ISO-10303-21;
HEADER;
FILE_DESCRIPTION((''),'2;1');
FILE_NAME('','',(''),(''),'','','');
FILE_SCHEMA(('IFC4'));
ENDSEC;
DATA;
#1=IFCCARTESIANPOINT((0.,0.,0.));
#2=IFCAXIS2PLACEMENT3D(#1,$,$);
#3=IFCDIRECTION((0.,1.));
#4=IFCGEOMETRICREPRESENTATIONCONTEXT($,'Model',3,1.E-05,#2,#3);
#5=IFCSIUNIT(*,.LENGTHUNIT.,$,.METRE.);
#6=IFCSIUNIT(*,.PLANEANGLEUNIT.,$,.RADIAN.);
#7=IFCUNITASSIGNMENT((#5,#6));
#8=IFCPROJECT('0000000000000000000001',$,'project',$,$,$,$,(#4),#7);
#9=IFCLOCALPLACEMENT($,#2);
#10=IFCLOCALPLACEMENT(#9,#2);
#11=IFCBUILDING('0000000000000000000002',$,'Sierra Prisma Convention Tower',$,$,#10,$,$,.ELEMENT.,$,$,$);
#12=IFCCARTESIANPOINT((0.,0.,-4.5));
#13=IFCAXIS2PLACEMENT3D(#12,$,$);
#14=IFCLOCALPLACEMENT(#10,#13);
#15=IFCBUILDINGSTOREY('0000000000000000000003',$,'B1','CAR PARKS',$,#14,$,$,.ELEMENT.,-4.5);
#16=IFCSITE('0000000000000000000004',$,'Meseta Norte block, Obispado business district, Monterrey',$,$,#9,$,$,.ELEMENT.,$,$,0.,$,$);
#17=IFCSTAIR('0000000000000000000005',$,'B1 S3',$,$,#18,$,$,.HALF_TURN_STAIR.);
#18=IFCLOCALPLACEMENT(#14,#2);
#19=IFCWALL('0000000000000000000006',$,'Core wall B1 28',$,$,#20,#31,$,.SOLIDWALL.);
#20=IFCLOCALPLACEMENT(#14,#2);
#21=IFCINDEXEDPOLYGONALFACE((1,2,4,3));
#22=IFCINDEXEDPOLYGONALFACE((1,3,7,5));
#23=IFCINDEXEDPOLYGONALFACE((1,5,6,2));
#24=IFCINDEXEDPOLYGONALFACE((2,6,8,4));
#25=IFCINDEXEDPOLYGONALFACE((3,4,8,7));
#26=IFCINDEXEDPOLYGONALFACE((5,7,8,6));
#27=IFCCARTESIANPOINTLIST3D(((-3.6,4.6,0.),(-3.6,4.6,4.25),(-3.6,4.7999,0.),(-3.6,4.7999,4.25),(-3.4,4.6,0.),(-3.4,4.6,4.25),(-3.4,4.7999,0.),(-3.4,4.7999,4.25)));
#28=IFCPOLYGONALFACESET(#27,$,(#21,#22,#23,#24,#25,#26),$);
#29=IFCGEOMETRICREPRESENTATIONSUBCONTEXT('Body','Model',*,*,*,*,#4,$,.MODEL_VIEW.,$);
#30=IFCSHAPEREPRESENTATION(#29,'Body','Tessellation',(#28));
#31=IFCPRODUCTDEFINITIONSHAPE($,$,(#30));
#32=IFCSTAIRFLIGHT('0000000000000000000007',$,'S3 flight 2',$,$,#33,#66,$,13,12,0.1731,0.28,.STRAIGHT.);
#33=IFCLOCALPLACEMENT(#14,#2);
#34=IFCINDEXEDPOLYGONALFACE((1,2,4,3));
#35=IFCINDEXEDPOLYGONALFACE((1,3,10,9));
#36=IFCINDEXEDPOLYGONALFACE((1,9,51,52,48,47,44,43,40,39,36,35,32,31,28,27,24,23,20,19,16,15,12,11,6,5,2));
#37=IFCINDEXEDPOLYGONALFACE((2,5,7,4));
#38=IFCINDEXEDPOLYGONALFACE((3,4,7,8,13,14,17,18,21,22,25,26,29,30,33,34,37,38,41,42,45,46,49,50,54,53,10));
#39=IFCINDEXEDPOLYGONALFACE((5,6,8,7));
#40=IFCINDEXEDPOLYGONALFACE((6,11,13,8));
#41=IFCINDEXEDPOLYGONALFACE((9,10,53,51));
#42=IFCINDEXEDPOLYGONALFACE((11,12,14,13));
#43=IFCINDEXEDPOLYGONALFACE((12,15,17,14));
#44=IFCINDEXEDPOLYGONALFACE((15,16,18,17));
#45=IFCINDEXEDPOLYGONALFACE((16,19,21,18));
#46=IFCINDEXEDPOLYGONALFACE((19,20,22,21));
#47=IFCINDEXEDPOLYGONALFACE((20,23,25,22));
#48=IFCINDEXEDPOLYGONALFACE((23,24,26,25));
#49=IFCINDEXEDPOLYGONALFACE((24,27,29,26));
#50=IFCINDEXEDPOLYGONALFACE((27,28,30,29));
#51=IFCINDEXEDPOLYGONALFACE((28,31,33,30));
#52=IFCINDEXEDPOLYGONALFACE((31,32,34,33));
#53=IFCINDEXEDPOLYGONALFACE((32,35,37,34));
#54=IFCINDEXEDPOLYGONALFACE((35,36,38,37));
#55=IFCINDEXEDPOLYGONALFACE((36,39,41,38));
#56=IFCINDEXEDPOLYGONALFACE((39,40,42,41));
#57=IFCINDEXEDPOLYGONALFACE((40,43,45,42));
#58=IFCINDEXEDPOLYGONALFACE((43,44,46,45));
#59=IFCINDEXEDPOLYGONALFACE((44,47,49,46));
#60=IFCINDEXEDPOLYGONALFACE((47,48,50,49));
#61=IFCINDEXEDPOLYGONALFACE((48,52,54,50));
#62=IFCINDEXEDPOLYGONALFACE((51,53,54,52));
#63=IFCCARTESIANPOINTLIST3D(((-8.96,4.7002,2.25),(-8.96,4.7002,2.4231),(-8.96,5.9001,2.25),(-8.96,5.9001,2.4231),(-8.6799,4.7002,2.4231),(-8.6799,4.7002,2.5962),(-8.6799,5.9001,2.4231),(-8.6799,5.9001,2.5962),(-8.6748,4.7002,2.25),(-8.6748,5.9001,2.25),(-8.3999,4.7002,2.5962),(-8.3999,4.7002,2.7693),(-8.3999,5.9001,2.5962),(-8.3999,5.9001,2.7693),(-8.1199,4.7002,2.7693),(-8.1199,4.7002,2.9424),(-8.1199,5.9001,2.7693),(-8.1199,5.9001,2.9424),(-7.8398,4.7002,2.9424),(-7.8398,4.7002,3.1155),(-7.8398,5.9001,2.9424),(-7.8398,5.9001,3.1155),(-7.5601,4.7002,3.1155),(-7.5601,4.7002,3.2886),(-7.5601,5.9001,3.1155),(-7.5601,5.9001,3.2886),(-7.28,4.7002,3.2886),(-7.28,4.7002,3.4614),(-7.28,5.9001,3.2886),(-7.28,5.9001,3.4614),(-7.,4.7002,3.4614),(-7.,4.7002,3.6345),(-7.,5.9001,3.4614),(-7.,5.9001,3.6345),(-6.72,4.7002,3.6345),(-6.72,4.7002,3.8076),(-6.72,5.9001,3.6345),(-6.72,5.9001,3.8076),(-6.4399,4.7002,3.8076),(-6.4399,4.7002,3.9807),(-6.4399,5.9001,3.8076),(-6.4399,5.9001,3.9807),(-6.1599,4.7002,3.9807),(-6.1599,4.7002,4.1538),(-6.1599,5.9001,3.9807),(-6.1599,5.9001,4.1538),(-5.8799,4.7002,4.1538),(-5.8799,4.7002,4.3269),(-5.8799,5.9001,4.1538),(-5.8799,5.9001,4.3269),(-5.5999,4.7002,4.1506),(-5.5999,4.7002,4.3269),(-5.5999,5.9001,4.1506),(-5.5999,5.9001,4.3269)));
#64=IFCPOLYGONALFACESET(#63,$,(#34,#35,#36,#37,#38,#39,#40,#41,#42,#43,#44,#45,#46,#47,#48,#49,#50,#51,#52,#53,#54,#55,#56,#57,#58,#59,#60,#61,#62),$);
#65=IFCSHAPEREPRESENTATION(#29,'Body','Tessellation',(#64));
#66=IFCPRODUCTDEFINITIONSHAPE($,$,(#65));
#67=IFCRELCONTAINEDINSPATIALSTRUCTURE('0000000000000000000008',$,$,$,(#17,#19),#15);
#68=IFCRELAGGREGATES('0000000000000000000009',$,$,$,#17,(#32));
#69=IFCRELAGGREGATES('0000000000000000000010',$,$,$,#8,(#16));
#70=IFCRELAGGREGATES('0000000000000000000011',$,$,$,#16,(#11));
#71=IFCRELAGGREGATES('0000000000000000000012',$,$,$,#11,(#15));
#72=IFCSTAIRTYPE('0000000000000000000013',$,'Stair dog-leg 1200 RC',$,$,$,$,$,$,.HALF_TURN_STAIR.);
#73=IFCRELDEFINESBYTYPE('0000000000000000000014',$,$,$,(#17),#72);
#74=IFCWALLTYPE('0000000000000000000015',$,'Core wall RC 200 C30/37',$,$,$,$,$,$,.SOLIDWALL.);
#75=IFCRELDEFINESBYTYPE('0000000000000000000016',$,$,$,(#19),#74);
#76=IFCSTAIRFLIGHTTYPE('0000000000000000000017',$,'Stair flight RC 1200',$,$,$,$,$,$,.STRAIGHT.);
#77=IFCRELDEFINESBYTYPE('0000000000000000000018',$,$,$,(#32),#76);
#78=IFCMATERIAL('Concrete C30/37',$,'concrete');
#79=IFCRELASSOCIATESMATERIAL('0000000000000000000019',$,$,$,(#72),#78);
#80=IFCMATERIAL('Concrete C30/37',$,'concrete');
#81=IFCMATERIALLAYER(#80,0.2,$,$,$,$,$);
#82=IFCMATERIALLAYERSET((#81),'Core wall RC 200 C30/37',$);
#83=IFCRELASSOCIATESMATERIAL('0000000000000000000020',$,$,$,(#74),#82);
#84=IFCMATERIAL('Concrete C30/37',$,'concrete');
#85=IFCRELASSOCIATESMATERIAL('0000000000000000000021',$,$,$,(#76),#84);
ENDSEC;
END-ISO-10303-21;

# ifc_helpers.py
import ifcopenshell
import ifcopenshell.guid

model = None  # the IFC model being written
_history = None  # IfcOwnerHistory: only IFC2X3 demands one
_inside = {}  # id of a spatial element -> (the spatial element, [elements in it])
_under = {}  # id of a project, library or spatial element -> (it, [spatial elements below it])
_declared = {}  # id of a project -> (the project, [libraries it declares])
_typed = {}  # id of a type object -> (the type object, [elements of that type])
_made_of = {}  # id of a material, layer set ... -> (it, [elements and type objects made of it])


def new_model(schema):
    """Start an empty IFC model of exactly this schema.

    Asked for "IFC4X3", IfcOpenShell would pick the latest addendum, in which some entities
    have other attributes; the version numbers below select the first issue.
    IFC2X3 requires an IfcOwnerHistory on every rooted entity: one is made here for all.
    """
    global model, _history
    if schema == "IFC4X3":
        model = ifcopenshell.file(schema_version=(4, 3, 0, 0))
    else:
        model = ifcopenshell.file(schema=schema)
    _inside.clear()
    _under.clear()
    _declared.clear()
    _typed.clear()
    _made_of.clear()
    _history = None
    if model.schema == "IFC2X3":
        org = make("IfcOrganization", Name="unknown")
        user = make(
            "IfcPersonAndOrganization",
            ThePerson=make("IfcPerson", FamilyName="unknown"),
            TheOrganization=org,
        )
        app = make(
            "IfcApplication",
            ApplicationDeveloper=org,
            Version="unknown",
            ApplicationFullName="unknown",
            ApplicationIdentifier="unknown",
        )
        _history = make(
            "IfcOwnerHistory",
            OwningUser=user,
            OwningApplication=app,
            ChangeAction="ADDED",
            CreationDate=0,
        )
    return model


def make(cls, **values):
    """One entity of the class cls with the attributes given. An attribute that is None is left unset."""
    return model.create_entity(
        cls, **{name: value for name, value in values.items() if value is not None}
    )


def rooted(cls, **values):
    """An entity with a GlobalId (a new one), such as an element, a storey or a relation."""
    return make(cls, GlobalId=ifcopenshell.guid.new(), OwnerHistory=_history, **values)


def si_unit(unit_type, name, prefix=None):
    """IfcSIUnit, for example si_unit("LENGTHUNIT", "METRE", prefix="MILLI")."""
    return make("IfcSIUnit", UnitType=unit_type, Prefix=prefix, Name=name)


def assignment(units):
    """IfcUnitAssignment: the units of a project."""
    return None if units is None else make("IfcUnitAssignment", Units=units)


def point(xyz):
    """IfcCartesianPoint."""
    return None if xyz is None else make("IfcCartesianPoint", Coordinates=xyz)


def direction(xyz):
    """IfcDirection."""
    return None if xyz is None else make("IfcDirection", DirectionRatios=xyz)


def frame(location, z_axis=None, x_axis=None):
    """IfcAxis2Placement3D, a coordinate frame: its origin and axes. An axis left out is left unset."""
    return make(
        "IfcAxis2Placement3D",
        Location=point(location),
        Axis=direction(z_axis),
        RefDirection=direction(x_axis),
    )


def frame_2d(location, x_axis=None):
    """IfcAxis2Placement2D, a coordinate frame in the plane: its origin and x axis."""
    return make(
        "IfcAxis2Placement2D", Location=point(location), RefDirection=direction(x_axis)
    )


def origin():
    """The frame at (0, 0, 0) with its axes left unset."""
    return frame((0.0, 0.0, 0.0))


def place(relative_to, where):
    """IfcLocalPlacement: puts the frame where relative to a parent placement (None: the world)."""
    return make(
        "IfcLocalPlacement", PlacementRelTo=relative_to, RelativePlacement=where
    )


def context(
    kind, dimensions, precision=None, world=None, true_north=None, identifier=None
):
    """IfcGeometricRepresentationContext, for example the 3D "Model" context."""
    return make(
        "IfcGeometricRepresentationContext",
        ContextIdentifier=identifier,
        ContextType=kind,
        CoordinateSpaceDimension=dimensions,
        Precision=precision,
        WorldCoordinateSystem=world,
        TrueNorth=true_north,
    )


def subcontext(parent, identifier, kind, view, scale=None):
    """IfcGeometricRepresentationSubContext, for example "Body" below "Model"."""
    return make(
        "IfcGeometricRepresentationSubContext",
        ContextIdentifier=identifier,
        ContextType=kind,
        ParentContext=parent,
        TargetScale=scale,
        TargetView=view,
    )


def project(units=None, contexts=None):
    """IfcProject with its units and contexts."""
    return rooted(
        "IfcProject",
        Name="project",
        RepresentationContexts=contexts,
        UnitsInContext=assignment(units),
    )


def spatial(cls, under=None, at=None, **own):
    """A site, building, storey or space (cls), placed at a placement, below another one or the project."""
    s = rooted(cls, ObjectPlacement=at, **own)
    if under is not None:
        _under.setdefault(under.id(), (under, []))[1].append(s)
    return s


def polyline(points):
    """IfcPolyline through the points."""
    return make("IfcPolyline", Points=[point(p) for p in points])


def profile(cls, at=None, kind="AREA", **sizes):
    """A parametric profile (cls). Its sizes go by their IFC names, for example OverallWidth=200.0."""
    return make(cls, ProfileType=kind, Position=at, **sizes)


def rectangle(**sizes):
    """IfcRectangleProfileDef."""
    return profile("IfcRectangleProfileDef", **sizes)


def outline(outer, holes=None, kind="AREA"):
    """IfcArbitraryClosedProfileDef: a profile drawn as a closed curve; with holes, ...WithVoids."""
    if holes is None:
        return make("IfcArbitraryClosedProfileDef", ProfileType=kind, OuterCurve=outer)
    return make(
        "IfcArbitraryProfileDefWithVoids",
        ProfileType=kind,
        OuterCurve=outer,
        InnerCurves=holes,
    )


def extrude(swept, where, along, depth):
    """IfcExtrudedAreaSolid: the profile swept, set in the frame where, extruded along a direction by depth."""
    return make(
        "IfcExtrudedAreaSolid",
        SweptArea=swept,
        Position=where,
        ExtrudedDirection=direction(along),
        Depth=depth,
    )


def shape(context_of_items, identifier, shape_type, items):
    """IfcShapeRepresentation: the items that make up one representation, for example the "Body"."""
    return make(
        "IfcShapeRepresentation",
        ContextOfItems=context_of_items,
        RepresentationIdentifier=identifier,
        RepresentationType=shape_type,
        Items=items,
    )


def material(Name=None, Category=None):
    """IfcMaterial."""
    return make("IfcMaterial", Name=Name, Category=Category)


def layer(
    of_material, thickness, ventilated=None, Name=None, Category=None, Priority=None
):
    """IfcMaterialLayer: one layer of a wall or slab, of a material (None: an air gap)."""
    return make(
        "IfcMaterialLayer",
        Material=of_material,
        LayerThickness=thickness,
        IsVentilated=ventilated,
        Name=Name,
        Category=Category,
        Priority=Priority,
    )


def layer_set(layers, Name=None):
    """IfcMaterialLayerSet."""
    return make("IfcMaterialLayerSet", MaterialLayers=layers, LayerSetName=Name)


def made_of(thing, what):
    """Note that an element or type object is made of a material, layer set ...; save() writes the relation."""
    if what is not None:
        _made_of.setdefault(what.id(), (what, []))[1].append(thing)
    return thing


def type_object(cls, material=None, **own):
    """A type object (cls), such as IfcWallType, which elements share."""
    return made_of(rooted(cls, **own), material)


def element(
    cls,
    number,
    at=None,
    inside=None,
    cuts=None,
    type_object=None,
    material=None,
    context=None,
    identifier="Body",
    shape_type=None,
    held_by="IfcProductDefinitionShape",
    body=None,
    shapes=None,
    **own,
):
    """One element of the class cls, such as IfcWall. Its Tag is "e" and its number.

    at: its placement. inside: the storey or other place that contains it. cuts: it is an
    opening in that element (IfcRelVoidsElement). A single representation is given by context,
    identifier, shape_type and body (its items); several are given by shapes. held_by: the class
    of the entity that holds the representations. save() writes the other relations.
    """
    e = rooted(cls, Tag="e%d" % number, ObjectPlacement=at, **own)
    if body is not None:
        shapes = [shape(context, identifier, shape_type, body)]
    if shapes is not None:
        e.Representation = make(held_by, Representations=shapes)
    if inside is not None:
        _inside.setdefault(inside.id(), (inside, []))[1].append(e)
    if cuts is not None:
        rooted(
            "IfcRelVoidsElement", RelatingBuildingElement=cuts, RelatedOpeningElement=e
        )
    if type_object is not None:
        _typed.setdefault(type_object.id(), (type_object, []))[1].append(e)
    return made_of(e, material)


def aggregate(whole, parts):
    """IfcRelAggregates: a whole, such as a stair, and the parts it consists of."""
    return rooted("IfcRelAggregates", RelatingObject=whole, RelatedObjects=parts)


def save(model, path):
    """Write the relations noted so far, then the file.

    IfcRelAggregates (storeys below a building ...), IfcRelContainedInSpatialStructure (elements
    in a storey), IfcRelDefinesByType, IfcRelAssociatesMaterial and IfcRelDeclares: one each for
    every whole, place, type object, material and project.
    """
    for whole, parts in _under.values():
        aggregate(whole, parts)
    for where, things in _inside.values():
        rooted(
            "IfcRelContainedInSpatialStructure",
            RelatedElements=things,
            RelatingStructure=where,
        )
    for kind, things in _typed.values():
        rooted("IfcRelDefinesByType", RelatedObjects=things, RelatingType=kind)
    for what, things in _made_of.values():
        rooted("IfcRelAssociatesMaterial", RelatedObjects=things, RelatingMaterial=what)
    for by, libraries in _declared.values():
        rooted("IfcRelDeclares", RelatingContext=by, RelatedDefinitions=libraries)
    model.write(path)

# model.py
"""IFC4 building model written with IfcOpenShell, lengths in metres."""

from ifc_helpers import new_model, si_unit, direction, frame, frame_2d, origin, place, context, subcontext, project, spatial, polyline, rectangle, outline, extrude, material, layer, layer_set, type_object, element, aggregate, save


model = new_model("IFC4")

# Units and contexts
model_context = context("Model", 3, precision=1e-05, world=origin(), true_north=direction((0.0, 1.0)))
body_context = subcontext(model_context, "Body", "Model", "MODEL_VIEW")
ifc_project = project(units=[si_unit("LENGTHUNIT", "METRE"), si_unit("PLANEANGLEUNIT", "RADIAN")], contexts=[model_context])

# Site, building, storey
site_placement = place(None, origin())
site = spatial("IfcSite", under=ifc_project, at=site_placement, Name="Meseta Norte block, Obispado business district, Monterrey", CompositionType="ELEMENT", RefElevation=0.0)
building_placement = place(site_placement, origin())
building = spatial("IfcBuilding", under=site, at=building_placement, Name="Sierra Prisma Convention Tower", CompositionType="ELEMENT")
storey_placement = place(building_placement, frame((0.0, 0.0, -4.5)))
storey = spatial("IfcBuildingStorey", under=building, at=storey_placement, Name="B1", Description="CAR PARKS", CompositionType="ELEMENT", Elevation=-4.5)

# Shared definitions
ifc_material_1 = material(Name="Concrete C30/37", Category="concrete")
stair_type = type_object("IfcStairType", Name="Stair dog-leg 1200 RC", PredefinedType="HALF_TURN_STAIR", material=ifc_material_1)

# Stair
stair_1_placement = place(storey_placement, origin())
stair_1 = element("IfcStair", 1, at=stair_1_placement, inside=storey, type_object=stair_type, Name="B1 S3", PredefinedType="HALF_TURN_STAIR")

# Shared definitions
ifc_material_2 = material(Name="Concrete C30/37", Category="concrete")
ifc_layer_1 = layer(ifc_material_2, 0.2)
ifc_layer_set_1 = layer_set([ifc_layer_1], Name="Core wall RC 200 C30/37")
wall_type = type_object("IfcWallType", Name="Core wall RC 200 C30/37", PredefinedType="SOLIDWALL", material=ifc_layer_set_1)

# Wall
wall_1_placement = place(storey_placement, frame((-3.5, 4.8, 0.0), z_axis=(0.0, 0.0, 1.0), x_axis=(0.0, -1.0, 0.0)))
element("IfcWall", 2, at=wall_1_placement, inside=storey, type_object=wall_type, Name="Core wall B1 28", PredefinedType="SOLIDWALL", context=body_context, shape_type="SweptSolid", body=[
    extrude(rectangle(XDim=0.2, YDim=0.2, at=frame_2d((0.1001, 0.0))), origin(), (0.0, 0.0, 1.0), 4.25),
])

# Stair flight
ifc_material_3 = material(Name="Concrete C30/37", Category="concrete")
stair_flight_type = type_object("IfcStairFlightType", Name="Stair flight RC 1200", PredefinedType="STRAIGHT", material=ifc_material_3)
stair_flight_placement = place(storey_placement, frame((-8.96, 5.3, 2.25), z_axis=(0.0, 0.0, 1.0), x_axis=(1.0, 0.0, 0.0)))
stair_flight = element("IfcStairFlight", 3, at=stair_flight_placement, type_object=stair_flight_type, Name="S3 flight 2", NumberOfRisers=13, NumberOfTreads=12, PredefinedType="STRAIGHT", RiserHeight=0.1731, TreadLength=0.28, context=body_context, shape_type="SweptSolid", body=[
    extrude(outline(polyline([(0.0, 0.0), (0.0, 0.1731), (0.28, 0.1731), (0.28, 0.3462), (0.5601, 0.3462), (0.5601, 0.5193), (0.8401, 0.5193), (0.8401, 0.6924), (1.1201, 0.6924), (1.1201, 0.8655), (1.3999, 0.8655), (1.3999, 1.0386), (1.6799, 1.0386), (1.6799, 1.2114), (1.96, 1.2114), (1.96, 1.3845), (2.24, 1.3845), (2.24, 1.5576), (2.52, 1.5576), (2.52, 1.7307), (2.8, 1.7307), (2.8, 1.9038), (3.0801, 1.9038), (3.0801, 2.0769), (3.3601, 2.0769), (3.3601, 2.25), (3.3601, 1.9006), (0.2852, 0.0), (0.0, 0.0)])), frame((0.0, 0.6001, 0.0), z_axis=(0.0, -1.0, 0.0), x_axis=(1.0, 0.0, 0.0)), (0.0, 0.0, 1.0), 1.2),
])
aggregate(stair_1, [stair_flight])

save(model, "model.ifc")
